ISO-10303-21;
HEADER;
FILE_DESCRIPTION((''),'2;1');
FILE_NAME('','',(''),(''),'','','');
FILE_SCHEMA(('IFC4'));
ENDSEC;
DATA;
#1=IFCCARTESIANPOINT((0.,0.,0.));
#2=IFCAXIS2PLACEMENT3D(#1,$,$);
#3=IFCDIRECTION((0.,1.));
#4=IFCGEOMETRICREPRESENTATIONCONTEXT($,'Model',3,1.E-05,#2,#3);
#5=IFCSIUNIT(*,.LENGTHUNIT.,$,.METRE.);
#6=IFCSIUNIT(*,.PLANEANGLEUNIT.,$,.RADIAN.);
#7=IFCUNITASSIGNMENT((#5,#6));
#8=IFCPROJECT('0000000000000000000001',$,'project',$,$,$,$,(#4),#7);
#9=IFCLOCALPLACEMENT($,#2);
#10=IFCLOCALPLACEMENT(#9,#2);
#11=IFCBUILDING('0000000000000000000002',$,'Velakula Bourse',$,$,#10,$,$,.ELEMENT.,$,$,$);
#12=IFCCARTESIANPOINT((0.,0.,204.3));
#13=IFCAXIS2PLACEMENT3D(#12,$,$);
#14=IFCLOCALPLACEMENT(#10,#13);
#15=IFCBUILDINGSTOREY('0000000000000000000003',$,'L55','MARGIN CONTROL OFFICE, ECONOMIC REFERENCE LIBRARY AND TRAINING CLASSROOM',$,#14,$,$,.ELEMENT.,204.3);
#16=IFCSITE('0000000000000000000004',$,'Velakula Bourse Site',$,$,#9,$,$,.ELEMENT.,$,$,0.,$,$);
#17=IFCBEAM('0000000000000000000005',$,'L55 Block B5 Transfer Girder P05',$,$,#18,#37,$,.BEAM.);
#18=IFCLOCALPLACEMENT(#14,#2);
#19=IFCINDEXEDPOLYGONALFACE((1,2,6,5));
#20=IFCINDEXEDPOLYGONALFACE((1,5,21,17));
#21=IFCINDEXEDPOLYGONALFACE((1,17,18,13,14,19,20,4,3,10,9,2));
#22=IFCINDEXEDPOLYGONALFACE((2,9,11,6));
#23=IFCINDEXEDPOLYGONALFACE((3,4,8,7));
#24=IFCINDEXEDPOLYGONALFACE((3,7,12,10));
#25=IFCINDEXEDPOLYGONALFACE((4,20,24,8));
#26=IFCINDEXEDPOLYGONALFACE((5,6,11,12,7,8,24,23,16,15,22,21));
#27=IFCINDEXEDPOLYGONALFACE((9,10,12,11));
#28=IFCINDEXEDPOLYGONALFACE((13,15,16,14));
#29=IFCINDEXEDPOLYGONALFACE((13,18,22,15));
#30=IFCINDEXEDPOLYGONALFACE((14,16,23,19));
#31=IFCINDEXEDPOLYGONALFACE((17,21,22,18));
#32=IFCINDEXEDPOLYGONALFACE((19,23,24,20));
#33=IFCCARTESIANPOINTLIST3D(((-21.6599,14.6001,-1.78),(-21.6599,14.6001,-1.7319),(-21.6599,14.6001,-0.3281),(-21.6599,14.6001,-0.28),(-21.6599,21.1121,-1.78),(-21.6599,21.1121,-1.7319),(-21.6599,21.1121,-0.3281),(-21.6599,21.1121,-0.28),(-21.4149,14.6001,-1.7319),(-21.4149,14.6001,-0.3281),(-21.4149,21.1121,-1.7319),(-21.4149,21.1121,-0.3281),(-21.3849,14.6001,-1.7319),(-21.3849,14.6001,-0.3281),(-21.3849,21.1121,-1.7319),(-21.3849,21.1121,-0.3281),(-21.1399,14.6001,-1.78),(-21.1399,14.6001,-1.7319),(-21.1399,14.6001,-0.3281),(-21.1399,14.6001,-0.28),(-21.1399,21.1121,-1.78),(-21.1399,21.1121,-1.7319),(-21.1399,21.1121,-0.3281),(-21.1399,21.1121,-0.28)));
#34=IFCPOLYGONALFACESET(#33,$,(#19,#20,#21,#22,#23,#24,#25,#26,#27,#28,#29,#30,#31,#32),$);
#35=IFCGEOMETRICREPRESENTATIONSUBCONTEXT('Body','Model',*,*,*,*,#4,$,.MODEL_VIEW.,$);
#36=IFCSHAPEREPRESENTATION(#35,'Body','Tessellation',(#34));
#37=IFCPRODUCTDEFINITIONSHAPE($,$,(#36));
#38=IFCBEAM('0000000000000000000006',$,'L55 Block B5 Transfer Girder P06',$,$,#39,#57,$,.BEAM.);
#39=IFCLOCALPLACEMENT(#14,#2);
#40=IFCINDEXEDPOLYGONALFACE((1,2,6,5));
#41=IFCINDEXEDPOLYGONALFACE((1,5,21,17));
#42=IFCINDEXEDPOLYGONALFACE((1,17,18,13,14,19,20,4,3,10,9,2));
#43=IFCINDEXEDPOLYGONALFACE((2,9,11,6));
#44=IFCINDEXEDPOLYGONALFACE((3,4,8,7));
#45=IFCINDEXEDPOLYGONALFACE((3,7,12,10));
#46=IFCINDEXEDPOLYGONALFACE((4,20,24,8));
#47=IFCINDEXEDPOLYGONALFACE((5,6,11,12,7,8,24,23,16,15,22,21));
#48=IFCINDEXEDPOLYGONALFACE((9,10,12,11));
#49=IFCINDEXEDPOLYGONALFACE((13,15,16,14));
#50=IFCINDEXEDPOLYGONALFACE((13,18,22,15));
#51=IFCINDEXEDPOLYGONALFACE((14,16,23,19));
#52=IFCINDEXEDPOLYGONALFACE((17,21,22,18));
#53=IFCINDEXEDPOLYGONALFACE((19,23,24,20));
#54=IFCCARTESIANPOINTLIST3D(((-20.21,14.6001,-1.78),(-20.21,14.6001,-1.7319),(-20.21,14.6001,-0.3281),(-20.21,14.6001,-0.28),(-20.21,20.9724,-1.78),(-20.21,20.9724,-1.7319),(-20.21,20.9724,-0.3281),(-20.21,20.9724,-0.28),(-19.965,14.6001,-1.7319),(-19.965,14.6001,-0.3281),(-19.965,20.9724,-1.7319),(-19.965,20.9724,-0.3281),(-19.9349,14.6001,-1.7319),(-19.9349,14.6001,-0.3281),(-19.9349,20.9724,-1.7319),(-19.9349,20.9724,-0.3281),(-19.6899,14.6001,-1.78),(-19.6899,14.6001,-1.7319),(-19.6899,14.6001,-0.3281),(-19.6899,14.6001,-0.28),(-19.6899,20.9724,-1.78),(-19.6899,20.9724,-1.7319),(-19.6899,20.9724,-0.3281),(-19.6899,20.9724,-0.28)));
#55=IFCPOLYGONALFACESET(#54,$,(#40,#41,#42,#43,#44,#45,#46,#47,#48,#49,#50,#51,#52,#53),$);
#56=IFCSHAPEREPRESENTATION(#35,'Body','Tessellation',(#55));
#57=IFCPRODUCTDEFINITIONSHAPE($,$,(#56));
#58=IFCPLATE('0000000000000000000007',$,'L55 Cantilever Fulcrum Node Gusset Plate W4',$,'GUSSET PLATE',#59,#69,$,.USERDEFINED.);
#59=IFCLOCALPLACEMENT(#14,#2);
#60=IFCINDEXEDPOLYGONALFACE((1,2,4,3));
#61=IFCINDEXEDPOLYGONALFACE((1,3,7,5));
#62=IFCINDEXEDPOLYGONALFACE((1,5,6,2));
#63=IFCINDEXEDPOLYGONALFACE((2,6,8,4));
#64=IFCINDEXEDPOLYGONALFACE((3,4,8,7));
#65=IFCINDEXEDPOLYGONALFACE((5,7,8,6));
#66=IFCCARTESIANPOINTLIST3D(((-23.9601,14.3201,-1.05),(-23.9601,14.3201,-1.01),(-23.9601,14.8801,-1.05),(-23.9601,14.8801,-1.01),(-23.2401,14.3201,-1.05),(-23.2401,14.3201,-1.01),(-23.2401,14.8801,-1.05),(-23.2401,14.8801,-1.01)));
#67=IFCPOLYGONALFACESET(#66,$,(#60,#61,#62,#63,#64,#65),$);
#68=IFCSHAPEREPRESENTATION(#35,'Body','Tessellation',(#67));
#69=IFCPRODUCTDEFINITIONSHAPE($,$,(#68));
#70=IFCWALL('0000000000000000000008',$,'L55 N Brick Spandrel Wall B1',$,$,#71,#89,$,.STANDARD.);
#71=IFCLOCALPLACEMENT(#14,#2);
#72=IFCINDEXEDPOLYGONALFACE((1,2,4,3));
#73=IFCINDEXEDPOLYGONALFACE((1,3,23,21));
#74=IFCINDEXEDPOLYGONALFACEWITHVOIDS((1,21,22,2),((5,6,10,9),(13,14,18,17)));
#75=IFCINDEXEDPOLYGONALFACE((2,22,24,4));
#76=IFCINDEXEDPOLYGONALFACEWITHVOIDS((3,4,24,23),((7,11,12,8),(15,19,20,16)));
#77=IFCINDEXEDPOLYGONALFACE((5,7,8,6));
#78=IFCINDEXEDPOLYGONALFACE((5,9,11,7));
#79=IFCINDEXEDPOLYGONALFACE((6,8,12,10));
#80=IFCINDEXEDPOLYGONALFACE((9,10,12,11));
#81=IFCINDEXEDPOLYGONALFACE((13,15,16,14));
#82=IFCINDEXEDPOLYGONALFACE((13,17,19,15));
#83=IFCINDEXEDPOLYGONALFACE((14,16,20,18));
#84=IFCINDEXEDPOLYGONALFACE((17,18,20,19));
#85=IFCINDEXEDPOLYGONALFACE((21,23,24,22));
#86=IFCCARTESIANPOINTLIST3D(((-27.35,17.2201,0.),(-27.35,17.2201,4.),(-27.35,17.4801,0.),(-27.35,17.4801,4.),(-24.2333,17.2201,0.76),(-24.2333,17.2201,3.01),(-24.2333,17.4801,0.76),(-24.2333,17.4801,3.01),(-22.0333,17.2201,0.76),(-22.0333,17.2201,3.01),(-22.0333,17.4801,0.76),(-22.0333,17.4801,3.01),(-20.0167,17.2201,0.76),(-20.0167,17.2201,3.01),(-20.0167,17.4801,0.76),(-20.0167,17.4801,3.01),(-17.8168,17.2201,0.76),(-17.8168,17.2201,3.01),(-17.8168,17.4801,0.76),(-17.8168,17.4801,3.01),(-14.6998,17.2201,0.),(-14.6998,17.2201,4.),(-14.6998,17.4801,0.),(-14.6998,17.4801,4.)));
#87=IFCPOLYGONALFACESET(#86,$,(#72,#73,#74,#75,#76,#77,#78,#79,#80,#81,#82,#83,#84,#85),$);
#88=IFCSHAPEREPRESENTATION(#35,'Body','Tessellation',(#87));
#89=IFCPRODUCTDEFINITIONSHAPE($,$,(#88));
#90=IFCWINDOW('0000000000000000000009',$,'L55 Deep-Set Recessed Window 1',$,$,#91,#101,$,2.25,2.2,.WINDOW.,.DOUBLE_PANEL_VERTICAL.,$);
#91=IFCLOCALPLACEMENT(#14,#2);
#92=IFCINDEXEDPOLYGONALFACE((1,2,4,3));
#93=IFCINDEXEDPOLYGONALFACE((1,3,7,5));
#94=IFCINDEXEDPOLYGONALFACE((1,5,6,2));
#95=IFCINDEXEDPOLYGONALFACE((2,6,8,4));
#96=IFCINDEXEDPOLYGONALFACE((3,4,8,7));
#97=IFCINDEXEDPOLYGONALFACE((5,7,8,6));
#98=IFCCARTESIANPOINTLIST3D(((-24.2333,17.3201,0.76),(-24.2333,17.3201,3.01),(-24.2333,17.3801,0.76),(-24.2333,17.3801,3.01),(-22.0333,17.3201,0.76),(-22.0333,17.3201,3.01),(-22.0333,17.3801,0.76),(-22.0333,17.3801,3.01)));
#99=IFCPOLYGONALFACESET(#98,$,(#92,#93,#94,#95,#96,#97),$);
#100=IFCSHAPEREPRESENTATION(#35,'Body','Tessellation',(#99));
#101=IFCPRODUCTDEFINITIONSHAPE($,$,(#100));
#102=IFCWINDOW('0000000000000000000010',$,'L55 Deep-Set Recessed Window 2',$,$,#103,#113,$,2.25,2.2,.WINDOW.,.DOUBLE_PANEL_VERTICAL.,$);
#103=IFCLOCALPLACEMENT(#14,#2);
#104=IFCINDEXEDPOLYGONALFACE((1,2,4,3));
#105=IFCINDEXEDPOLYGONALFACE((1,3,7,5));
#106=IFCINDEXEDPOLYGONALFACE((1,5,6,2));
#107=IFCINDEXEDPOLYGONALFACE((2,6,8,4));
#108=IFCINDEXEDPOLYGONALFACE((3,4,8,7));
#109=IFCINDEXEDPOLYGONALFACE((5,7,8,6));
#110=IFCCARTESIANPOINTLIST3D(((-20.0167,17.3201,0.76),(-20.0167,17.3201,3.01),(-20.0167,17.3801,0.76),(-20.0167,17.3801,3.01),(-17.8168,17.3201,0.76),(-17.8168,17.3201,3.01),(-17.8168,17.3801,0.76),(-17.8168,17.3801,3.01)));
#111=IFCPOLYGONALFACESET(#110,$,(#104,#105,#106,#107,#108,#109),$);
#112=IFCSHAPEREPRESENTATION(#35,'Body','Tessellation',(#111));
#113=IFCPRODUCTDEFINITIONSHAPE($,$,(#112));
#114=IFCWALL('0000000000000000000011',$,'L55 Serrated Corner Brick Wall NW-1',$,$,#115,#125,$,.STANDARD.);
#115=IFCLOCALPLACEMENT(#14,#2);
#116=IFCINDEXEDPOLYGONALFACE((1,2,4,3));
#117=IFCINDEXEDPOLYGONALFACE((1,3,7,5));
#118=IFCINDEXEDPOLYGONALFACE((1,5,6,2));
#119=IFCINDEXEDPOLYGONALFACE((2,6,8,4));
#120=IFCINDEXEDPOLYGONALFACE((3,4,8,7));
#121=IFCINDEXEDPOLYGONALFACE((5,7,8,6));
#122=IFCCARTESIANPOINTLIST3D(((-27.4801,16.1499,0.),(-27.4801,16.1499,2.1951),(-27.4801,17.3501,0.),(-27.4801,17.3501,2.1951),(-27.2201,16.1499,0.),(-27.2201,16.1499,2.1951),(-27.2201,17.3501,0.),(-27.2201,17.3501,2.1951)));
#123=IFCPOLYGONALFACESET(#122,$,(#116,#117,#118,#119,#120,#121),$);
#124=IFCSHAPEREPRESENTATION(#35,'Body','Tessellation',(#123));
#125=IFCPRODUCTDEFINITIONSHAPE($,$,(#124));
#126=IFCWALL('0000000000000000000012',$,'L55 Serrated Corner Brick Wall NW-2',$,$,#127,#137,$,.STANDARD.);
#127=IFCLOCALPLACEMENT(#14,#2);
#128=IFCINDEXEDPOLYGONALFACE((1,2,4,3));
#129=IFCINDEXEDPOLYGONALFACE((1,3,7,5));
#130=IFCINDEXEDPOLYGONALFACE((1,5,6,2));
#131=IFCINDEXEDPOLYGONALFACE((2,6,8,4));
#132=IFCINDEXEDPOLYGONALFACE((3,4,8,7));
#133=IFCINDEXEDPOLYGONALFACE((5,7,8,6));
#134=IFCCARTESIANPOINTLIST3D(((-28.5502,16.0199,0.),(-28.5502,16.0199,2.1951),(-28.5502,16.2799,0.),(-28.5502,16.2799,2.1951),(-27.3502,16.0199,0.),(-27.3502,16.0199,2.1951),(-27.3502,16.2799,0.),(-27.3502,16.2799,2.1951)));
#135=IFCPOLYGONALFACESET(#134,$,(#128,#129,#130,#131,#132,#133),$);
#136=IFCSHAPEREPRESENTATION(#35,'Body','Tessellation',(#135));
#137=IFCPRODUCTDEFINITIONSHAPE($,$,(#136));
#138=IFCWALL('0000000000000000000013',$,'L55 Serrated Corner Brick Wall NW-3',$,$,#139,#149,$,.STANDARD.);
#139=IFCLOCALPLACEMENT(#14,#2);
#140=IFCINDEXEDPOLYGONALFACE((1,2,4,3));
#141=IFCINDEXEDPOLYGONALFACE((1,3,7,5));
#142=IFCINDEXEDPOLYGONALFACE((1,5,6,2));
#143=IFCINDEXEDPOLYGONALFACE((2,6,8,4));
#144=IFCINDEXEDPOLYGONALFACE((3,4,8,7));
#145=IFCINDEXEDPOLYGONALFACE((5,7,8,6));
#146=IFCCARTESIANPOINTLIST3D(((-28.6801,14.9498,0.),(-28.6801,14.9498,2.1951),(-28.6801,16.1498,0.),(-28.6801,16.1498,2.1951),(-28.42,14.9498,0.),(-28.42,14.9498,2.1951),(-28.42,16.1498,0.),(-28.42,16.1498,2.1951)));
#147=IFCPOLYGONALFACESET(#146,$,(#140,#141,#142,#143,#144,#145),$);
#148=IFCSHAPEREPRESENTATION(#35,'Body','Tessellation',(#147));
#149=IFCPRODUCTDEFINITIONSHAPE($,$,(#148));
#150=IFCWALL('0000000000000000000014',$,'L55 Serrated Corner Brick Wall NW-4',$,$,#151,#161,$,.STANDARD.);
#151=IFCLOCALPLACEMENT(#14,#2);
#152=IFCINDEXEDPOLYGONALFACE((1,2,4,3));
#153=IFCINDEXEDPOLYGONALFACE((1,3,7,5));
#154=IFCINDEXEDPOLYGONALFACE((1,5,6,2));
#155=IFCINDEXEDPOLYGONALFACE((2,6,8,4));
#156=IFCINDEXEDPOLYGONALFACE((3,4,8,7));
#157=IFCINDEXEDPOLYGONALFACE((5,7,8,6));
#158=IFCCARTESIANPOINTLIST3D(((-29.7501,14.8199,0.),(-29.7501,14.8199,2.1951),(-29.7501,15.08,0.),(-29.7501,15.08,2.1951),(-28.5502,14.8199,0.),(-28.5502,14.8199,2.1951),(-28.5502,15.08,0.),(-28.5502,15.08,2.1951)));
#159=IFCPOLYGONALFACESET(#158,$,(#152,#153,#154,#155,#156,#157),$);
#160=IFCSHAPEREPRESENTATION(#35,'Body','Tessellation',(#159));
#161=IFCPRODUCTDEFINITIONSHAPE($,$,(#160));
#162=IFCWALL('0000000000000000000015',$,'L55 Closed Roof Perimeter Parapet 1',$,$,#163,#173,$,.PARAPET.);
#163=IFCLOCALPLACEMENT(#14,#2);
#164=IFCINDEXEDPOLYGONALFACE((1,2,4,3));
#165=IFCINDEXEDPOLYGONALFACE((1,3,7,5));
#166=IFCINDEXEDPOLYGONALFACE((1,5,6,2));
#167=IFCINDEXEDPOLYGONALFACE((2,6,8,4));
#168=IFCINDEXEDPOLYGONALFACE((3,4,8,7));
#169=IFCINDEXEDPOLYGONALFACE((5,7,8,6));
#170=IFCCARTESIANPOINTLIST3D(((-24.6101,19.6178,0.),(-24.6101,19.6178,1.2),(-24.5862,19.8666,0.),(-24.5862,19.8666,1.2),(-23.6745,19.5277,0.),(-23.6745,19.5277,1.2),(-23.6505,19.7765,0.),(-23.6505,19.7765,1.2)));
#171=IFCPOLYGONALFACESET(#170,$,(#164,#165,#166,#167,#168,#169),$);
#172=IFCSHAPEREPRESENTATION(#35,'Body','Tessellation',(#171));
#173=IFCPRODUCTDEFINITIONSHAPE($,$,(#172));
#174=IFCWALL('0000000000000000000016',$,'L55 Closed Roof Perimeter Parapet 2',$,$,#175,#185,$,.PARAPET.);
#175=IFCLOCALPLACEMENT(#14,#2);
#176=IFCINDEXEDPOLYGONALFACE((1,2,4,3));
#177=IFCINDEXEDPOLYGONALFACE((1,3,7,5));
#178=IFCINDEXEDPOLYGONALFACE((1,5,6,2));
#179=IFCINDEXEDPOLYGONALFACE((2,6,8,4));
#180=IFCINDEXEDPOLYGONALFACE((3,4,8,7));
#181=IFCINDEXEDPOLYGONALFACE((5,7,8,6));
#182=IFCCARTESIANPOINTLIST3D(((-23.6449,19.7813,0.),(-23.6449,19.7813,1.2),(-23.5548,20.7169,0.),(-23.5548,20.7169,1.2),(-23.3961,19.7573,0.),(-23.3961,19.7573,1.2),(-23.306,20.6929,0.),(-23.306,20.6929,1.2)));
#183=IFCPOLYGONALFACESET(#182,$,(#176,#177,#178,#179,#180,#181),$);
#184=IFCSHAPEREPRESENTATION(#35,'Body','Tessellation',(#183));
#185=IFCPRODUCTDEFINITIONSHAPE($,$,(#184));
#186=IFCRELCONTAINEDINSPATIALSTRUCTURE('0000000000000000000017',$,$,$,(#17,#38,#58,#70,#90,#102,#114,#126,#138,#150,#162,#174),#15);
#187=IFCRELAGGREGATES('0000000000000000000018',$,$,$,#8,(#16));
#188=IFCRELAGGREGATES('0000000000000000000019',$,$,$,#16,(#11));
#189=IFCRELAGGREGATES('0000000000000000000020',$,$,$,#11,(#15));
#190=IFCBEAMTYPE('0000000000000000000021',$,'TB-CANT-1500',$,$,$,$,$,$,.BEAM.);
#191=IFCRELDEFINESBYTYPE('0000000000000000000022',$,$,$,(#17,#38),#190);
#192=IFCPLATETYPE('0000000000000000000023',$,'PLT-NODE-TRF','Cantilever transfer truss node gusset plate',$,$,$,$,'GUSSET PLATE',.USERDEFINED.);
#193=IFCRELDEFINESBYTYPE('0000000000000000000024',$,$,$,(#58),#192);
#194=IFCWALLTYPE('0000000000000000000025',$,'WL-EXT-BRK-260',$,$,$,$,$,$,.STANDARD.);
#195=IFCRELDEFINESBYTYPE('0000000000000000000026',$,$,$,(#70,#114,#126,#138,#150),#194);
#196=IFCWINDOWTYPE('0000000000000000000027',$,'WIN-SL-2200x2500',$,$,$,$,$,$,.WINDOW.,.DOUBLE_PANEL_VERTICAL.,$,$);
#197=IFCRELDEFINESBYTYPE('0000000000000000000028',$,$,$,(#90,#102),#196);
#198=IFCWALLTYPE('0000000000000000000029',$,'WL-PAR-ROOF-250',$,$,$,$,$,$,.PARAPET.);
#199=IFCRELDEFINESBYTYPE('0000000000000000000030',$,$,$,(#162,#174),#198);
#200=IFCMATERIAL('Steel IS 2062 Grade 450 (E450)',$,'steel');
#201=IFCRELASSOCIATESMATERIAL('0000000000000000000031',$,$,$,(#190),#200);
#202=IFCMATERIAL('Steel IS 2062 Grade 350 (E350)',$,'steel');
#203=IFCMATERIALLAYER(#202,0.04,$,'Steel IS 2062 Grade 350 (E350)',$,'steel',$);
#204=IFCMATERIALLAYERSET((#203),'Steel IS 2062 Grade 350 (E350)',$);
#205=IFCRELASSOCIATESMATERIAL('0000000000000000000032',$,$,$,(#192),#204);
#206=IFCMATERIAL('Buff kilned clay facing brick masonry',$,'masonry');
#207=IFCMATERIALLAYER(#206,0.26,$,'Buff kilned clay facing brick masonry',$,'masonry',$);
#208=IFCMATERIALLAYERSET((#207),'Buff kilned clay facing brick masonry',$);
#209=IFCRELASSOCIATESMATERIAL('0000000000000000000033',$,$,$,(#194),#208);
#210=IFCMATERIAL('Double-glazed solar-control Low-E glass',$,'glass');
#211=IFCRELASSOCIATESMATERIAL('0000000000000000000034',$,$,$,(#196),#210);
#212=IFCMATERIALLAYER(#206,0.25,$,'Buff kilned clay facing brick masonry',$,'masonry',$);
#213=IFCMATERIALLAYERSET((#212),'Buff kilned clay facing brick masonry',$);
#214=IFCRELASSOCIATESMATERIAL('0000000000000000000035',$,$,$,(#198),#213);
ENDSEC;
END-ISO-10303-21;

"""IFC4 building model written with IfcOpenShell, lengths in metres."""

from ifc_helpers import new_model, si_unit, direction, frame, frame_2d, origin, origin_2d, place, context, subcontext, project, spatial, rectangle, i_section, extrude, material, layer, layer_set, material_profile, profile_set, type_object, element, fill, save


model = new_model("IFC4")

# Units and contexts
model_context = context("Model", 3, precision=1e-05, world=origin(), true_north=direction((0.0, 1.0)))
body_context = subcontext(model_context, "Body", "Model", "MODEL_VIEW")
ifc_project = project(units=[si_unit("LENGTHUNIT", "METRE"), si_unit("PLANEANGLEUNIT", "RADIAN")], contexts=[model_context])

# Site, building, storey
site_placement = place(None, origin())
site = spatial("IfcSite", under=ifc_project, at=site_placement, Name="Velakula Bourse Site", CompositionType="ELEMENT", RefElevation=0.0)
building_placement = place(site_placement, origin())
building = spatial("IfcBuilding", under=site, at=building_placement, Name="Velakula Bourse", CompositionType="ELEMENT")
storey_placement = place(building_placement, frame((0.0, 0.0, 204.3)))
storey = spatial("IfcBuildingStorey", under=building, at=storey_placement, Name="L55", Description="MARGIN CONTROL OFFICE, ECONOMIC REFERENCE LIBRARY AND TRAINING CLASSROOM", CompositionType="ELEMENT", Elevation=204.3)

# Shared definitions
ifc_material_1 = material(Name="Steel IS 2062 Grade 350 (E350)", Category="steel")

# Beams
ifc_material_2 = material(Name="Steel IS 2062 Grade 450 (E450)", Category="steel")
ifc_material_profile_1 = material_profile(ifc_material_2, i_section(OverallWidth=0.52, OverallDepth=1.5, WebThickness=0.03, FlangeThickness=0.0481, at=origin_2d()), Name="Steel IS 2062 Grade 450 (E450)")
ifc_profile_set_1 = profile_set([ifc_material_profile_1], Name="Steel IS 2062 Grade 450 (E450)")
beam_type_1 = type_object("IfcBeamType", Name="TB-CANT-1500", PredefinedType="BEAM", material=ifc_profile_set_1)
beam_1_placement = place(storey_placement, frame((-21.3999, 14.6001, -1.03), z_axis=(0.0, 1.0, 0.0), x_axis=(-1.0, 0.0, 0.0)))
element("IfcBeam", 1, at=beam_1_placement, inside=storey, type_object=beam_type_1, Name="L55 Block B5 Transfer Girder P05", PredefinedType="BEAM", context=body_context, shape_type="SweptSolid", body=[
    extrude(i_section(OverallWidth=0.52, OverallDepth=1.5, WebThickness=0.03, FlangeThickness=0.0481, at=origin_2d()), origin(), (0.0, 0.0, 1.0), 6.512),
])
beam_2_placement = place(storey_placement, frame((-19.95, 14.6001, -1.03), z_axis=(0.0, 1.0, 0.0), x_axis=(-1.0, 0.0, 0.0)))
element("IfcBeam", 2, at=beam_2_placement, inside=storey, type_object=beam_type_1, Name="L55 Block B5 Transfer Girder P06", PredefinedType="BEAM", context=body_context, shape_type="SweptSolid", body=[
    extrude(i_section(OverallWidth=0.52, OverallDepth=1.5, WebThickness=0.03, FlangeThickness=0.0481, at=origin_2d()), origin(), (0.0, 0.0, 1.0), 6.3723),
])

# Plate
ifc_layer_1 = layer(ifc_material_1, 0.04, Name="Steel IS 2062 Grade 350 (E350)", Category="steel")
ifc_layer_set_1 = layer_set([ifc_layer_1], Name="Steel IS 2062 Grade 350 (E350)")
plate_type = type_object("IfcPlateType", Name="PLT-NODE-TRF", Description="Cantilever transfer truss node gusset plate", ElementType="GUSSET PLATE", PredefinedType="USERDEFINED", material=ifc_layer_set_1)
plate_placement = place(storey_placement, frame((-23.6001, 14.6001, -1.05), z_axis=(0.0, 0.0, 1.0), x_axis=(1.0, 0.0, 0.0)))
element("IfcPlate", 3, at=plate_placement, inside=storey, type_object=plate_type, Name="L55 Cantilever Fulcrum Node Gusset Plate W4", ObjectType="GUSSET PLATE", PredefinedType="USERDEFINED", context=body_context, shape_type="SweptSolid", body=[
    extrude(rectangle(XDim=0.72, YDim=0.5601, at=origin_2d()), origin(), (0.0, 0.0, 1.0), 0.04),
])

# Wall, openings, windows
ifc_material_3 = material(Name="Buff kilned clay facing brick masonry", Category="masonry")
ifc_layer_2 = layer(ifc_material_3, 0.26, Name="Buff kilned clay facing brick masonry", Category="masonry")
ifc_layer_set_2 = layer_set([ifc_layer_2], Name="Buff kilned clay facing brick masonry")
wall_type_1 = type_object("IfcWallType", Name="WL-EXT-BRK-260", PredefinedType="STANDARD", material=ifc_layer_set_2)
wall_1_placement = place(storey_placement, frame((-27.3501, 17.3501, 0.0), z_axis=(0.0, 0.0, 1.0), x_axis=(1.0, 0.0, 0.0)))
wall_1 = element("IfcWall", 4, at=wall_1_placement, inside=storey, type_object=wall_type_1, Name="L55 N Brick Spandrel Wall B1", PredefinedType="STANDARD", context=body_context, shape_type="SweptSolid", body=[
    extrude(rectangle(XDim=12.6501, YDim=0.26, at=frame_2d((6.3252, 0.0))), origin(), (0.0, 0.0, 1.0), 4.0),
])
opening_1_placement = place(wall_1_placement, frame((3.1167, 0.0, 0.76)))
opening_1 = element("IfcOpeningElement", 5, at=opening_1_placement, cuts=wall_1, PredefinedType="OPENING", context=body_context, shape_type="SweptSolid", body=[
    extrude(rectangle(XDim=2.2, YDim=2.25, at=frame_2d((1.1001, 1.125))), frame((0.0, 0.1399, 0.0), z_axis=(0.0, -1.0, 0.0), x_axis=(1.0, 0.0, 0.0)), (0.0, 0.0, 1.0), 0.28),
])
opening_2_placement = place(wall_1_placement, frame((7.3333, 0.0, 0.76)))
opening_2 = element("IfcOpeningElement", 6, at=opening_2_placement, cuts=wall_1, PredefinedType="OPENING", context=body_context, shape_type="SweptSolid", body=[
    extrude(rectangle(XDim=2.2, YDim=2.25, at=frame_2d((1.1001, 1.125))), frame((0.0, 0.1399, 0.0), z_axis=(0.0, -1.0, 0.0), x_axis=(1.0, 0.0, 0.0)), (0.0, 0.0, 1.0), 0.28),
])
ifc_material_4 = material(Name="Double-glazed solar-control Low-E glass", Category="glass")
window_type = type_object("IfcWindowType", Name="WIN-SL-2200x2500", PartitioningType="DOUBLE_PANEL_VERTICAL", PredefinedType="WINDOW", material=ifc_material_4)
window_1_placement = place(opening_1_placement, origin())
window_1 = element("IfcWindow", 7, at=window_1_placement, inside=storey, type_object=window_type, Name="L55 Deep-Set Recessed Window 1", OverallHeight=2.25, OverallWidth=2.2, PartitioningType="DOUBLE_PANEL_VERTICAL", PredefinedType="WINDOW", context=body_context, shape_type="SweptSolid", body=[
    extrude(rectangle(XDim=2.2, YDim=2.25, at=frame_2d((1.1001, 1.125))), frame((0.0, 0.03, 0.0), z_axis=(0.0, -1.0, 0.0), x_axis=(1.0, 0.0, 0.0)), (0.0, 0.0, 1.0), 0.0601),
])
fill(opening_1, window_1)
window_2_placement = place(opening_2_placement, origin())
window_2 = element("IfcWindow", 8, at=window_2_placement, inside=storey, type_object=window_type, Name="L55 Deep-Set Recessed Window 2", OverallHeight=2.25, OverallWidth=2.2, PartitioningType="DOUBLE_PANEL_VERTICAL", PredefinedType="WINDOW", context=body_context, shape_type="SweptSolid", body=[
    extrude(rectangle(XDim=2.2, YDim=2.25, at=frame_2d((1.1001, 1.125))), frame((0.0, 0.03, 0.0), z_axis=(0.0, -1.0, 0.0), x_axis=(1.0, 0.0, 0.0)), (0.0, 0.0, 1.0), 0.0601),
])
fill(opening_2, window_2)

# Walls
wall_2_placement = place(storey_placement, frame((-27.3501, 17.3501, 0.0), z_axis=(0.0, 0.0, 1.0), x_axis=(0.0, -1.0, 0.0)))
element("IfcWall", 9, at=wall_2_placement, inside=storey, type_object=wall_type_1, Name="L55 Serrated Corner Brick Wall NW-1", PredefinedType="STANDARD", context=body_context, shape_type="SweptSolid", body=[
    extrude(rectangle(XDim=1.2002, YDim=0.26, at=frame_2d((0.6001, 0.0))), origin(), (0.0, 0.0, 1.0), 2.1951),
])
for number, where, z_axis, x_axis, name in (
    (10, (-27.3501, 16.1499, 0.0), (0.0, 0.0, 1.0), (-1.0, 0.0, 0.0), "L55 Serrated Corner Brick Wall NW-2"),
    (11, (-28.55, 16.1499, 0.0), (0.0, 0.0, 1.0), (0.0, -1.0, 0.0), "L55 Serrated Corner Brick Wall NW-3"),
    (12, (-28.55, 14.95, 0.0), (0.0, 0.0, 1.0), (-1.0, 0.0, 0.0), "L55 Serrated Corner Brick Wall NW-4"),
):
    element("IfcWall", number, at=place(storey_placement, frame(where, z_axis=z_axis, x_axis=x_axis)), inside=storey, type_object=wall_type_1, Name=name, PredefinedType="STANDARD", context=body_context, shape_type="SweptSolid", body=[
        extrude(rectangle(XDim=1.2, YDim=0.26, at=frame_2d((0.6001, 0.0))), origin(), (0.0, 0.0, 1.0), 2.1951),
    ])
ifc_layer_3 = layer(ifc_material_3, 0.25, Name="Buff kilned clay facing brick masonry", Category="masonry")
ifc_layer_set_3 = layer_set([ifc_layer_3], Name="Buff kilned clay facing brick masonry")
wall_type_2 = type_object("IfcWallType", Name="WL-PAR-ROOF-250", PredefinedType="PARAPET", material=ifc_layer_set_3)
for number, where, z_axis, x_axis, name in (
    (13, (-24.5981, 19.7422, 0.0), (0.0, 0.0, 1.0), (0.995396, -0.095851, 0.0), "L55 Closed Roof Perimeter Parapet 1"),
    (14, (-23.5205, 19.7693, 0.0), (0.0, 0.0, 1.0), (0.095851, 0.995396, 0.0), "L55 Closed Roof Perimeter Parapet 2"),
):
    element("IfcWall", number, at=place(storey_placement, frame(where, z_axis=z_axis, x_axis=x_axis)), inside=storey, type_object=wall_type_2, Name=name, PredefinedType="PARAPET", context=body_context, shape_type="SweptSolid", body=[
        extrude(rectangle(XDim=0.9399, YDim=0.25, at=frame_2d((0.47, 0.0))), origin(), (0.0, 0.0, 1.0), 1.2),
    ])

save(model, "model.ifc")
